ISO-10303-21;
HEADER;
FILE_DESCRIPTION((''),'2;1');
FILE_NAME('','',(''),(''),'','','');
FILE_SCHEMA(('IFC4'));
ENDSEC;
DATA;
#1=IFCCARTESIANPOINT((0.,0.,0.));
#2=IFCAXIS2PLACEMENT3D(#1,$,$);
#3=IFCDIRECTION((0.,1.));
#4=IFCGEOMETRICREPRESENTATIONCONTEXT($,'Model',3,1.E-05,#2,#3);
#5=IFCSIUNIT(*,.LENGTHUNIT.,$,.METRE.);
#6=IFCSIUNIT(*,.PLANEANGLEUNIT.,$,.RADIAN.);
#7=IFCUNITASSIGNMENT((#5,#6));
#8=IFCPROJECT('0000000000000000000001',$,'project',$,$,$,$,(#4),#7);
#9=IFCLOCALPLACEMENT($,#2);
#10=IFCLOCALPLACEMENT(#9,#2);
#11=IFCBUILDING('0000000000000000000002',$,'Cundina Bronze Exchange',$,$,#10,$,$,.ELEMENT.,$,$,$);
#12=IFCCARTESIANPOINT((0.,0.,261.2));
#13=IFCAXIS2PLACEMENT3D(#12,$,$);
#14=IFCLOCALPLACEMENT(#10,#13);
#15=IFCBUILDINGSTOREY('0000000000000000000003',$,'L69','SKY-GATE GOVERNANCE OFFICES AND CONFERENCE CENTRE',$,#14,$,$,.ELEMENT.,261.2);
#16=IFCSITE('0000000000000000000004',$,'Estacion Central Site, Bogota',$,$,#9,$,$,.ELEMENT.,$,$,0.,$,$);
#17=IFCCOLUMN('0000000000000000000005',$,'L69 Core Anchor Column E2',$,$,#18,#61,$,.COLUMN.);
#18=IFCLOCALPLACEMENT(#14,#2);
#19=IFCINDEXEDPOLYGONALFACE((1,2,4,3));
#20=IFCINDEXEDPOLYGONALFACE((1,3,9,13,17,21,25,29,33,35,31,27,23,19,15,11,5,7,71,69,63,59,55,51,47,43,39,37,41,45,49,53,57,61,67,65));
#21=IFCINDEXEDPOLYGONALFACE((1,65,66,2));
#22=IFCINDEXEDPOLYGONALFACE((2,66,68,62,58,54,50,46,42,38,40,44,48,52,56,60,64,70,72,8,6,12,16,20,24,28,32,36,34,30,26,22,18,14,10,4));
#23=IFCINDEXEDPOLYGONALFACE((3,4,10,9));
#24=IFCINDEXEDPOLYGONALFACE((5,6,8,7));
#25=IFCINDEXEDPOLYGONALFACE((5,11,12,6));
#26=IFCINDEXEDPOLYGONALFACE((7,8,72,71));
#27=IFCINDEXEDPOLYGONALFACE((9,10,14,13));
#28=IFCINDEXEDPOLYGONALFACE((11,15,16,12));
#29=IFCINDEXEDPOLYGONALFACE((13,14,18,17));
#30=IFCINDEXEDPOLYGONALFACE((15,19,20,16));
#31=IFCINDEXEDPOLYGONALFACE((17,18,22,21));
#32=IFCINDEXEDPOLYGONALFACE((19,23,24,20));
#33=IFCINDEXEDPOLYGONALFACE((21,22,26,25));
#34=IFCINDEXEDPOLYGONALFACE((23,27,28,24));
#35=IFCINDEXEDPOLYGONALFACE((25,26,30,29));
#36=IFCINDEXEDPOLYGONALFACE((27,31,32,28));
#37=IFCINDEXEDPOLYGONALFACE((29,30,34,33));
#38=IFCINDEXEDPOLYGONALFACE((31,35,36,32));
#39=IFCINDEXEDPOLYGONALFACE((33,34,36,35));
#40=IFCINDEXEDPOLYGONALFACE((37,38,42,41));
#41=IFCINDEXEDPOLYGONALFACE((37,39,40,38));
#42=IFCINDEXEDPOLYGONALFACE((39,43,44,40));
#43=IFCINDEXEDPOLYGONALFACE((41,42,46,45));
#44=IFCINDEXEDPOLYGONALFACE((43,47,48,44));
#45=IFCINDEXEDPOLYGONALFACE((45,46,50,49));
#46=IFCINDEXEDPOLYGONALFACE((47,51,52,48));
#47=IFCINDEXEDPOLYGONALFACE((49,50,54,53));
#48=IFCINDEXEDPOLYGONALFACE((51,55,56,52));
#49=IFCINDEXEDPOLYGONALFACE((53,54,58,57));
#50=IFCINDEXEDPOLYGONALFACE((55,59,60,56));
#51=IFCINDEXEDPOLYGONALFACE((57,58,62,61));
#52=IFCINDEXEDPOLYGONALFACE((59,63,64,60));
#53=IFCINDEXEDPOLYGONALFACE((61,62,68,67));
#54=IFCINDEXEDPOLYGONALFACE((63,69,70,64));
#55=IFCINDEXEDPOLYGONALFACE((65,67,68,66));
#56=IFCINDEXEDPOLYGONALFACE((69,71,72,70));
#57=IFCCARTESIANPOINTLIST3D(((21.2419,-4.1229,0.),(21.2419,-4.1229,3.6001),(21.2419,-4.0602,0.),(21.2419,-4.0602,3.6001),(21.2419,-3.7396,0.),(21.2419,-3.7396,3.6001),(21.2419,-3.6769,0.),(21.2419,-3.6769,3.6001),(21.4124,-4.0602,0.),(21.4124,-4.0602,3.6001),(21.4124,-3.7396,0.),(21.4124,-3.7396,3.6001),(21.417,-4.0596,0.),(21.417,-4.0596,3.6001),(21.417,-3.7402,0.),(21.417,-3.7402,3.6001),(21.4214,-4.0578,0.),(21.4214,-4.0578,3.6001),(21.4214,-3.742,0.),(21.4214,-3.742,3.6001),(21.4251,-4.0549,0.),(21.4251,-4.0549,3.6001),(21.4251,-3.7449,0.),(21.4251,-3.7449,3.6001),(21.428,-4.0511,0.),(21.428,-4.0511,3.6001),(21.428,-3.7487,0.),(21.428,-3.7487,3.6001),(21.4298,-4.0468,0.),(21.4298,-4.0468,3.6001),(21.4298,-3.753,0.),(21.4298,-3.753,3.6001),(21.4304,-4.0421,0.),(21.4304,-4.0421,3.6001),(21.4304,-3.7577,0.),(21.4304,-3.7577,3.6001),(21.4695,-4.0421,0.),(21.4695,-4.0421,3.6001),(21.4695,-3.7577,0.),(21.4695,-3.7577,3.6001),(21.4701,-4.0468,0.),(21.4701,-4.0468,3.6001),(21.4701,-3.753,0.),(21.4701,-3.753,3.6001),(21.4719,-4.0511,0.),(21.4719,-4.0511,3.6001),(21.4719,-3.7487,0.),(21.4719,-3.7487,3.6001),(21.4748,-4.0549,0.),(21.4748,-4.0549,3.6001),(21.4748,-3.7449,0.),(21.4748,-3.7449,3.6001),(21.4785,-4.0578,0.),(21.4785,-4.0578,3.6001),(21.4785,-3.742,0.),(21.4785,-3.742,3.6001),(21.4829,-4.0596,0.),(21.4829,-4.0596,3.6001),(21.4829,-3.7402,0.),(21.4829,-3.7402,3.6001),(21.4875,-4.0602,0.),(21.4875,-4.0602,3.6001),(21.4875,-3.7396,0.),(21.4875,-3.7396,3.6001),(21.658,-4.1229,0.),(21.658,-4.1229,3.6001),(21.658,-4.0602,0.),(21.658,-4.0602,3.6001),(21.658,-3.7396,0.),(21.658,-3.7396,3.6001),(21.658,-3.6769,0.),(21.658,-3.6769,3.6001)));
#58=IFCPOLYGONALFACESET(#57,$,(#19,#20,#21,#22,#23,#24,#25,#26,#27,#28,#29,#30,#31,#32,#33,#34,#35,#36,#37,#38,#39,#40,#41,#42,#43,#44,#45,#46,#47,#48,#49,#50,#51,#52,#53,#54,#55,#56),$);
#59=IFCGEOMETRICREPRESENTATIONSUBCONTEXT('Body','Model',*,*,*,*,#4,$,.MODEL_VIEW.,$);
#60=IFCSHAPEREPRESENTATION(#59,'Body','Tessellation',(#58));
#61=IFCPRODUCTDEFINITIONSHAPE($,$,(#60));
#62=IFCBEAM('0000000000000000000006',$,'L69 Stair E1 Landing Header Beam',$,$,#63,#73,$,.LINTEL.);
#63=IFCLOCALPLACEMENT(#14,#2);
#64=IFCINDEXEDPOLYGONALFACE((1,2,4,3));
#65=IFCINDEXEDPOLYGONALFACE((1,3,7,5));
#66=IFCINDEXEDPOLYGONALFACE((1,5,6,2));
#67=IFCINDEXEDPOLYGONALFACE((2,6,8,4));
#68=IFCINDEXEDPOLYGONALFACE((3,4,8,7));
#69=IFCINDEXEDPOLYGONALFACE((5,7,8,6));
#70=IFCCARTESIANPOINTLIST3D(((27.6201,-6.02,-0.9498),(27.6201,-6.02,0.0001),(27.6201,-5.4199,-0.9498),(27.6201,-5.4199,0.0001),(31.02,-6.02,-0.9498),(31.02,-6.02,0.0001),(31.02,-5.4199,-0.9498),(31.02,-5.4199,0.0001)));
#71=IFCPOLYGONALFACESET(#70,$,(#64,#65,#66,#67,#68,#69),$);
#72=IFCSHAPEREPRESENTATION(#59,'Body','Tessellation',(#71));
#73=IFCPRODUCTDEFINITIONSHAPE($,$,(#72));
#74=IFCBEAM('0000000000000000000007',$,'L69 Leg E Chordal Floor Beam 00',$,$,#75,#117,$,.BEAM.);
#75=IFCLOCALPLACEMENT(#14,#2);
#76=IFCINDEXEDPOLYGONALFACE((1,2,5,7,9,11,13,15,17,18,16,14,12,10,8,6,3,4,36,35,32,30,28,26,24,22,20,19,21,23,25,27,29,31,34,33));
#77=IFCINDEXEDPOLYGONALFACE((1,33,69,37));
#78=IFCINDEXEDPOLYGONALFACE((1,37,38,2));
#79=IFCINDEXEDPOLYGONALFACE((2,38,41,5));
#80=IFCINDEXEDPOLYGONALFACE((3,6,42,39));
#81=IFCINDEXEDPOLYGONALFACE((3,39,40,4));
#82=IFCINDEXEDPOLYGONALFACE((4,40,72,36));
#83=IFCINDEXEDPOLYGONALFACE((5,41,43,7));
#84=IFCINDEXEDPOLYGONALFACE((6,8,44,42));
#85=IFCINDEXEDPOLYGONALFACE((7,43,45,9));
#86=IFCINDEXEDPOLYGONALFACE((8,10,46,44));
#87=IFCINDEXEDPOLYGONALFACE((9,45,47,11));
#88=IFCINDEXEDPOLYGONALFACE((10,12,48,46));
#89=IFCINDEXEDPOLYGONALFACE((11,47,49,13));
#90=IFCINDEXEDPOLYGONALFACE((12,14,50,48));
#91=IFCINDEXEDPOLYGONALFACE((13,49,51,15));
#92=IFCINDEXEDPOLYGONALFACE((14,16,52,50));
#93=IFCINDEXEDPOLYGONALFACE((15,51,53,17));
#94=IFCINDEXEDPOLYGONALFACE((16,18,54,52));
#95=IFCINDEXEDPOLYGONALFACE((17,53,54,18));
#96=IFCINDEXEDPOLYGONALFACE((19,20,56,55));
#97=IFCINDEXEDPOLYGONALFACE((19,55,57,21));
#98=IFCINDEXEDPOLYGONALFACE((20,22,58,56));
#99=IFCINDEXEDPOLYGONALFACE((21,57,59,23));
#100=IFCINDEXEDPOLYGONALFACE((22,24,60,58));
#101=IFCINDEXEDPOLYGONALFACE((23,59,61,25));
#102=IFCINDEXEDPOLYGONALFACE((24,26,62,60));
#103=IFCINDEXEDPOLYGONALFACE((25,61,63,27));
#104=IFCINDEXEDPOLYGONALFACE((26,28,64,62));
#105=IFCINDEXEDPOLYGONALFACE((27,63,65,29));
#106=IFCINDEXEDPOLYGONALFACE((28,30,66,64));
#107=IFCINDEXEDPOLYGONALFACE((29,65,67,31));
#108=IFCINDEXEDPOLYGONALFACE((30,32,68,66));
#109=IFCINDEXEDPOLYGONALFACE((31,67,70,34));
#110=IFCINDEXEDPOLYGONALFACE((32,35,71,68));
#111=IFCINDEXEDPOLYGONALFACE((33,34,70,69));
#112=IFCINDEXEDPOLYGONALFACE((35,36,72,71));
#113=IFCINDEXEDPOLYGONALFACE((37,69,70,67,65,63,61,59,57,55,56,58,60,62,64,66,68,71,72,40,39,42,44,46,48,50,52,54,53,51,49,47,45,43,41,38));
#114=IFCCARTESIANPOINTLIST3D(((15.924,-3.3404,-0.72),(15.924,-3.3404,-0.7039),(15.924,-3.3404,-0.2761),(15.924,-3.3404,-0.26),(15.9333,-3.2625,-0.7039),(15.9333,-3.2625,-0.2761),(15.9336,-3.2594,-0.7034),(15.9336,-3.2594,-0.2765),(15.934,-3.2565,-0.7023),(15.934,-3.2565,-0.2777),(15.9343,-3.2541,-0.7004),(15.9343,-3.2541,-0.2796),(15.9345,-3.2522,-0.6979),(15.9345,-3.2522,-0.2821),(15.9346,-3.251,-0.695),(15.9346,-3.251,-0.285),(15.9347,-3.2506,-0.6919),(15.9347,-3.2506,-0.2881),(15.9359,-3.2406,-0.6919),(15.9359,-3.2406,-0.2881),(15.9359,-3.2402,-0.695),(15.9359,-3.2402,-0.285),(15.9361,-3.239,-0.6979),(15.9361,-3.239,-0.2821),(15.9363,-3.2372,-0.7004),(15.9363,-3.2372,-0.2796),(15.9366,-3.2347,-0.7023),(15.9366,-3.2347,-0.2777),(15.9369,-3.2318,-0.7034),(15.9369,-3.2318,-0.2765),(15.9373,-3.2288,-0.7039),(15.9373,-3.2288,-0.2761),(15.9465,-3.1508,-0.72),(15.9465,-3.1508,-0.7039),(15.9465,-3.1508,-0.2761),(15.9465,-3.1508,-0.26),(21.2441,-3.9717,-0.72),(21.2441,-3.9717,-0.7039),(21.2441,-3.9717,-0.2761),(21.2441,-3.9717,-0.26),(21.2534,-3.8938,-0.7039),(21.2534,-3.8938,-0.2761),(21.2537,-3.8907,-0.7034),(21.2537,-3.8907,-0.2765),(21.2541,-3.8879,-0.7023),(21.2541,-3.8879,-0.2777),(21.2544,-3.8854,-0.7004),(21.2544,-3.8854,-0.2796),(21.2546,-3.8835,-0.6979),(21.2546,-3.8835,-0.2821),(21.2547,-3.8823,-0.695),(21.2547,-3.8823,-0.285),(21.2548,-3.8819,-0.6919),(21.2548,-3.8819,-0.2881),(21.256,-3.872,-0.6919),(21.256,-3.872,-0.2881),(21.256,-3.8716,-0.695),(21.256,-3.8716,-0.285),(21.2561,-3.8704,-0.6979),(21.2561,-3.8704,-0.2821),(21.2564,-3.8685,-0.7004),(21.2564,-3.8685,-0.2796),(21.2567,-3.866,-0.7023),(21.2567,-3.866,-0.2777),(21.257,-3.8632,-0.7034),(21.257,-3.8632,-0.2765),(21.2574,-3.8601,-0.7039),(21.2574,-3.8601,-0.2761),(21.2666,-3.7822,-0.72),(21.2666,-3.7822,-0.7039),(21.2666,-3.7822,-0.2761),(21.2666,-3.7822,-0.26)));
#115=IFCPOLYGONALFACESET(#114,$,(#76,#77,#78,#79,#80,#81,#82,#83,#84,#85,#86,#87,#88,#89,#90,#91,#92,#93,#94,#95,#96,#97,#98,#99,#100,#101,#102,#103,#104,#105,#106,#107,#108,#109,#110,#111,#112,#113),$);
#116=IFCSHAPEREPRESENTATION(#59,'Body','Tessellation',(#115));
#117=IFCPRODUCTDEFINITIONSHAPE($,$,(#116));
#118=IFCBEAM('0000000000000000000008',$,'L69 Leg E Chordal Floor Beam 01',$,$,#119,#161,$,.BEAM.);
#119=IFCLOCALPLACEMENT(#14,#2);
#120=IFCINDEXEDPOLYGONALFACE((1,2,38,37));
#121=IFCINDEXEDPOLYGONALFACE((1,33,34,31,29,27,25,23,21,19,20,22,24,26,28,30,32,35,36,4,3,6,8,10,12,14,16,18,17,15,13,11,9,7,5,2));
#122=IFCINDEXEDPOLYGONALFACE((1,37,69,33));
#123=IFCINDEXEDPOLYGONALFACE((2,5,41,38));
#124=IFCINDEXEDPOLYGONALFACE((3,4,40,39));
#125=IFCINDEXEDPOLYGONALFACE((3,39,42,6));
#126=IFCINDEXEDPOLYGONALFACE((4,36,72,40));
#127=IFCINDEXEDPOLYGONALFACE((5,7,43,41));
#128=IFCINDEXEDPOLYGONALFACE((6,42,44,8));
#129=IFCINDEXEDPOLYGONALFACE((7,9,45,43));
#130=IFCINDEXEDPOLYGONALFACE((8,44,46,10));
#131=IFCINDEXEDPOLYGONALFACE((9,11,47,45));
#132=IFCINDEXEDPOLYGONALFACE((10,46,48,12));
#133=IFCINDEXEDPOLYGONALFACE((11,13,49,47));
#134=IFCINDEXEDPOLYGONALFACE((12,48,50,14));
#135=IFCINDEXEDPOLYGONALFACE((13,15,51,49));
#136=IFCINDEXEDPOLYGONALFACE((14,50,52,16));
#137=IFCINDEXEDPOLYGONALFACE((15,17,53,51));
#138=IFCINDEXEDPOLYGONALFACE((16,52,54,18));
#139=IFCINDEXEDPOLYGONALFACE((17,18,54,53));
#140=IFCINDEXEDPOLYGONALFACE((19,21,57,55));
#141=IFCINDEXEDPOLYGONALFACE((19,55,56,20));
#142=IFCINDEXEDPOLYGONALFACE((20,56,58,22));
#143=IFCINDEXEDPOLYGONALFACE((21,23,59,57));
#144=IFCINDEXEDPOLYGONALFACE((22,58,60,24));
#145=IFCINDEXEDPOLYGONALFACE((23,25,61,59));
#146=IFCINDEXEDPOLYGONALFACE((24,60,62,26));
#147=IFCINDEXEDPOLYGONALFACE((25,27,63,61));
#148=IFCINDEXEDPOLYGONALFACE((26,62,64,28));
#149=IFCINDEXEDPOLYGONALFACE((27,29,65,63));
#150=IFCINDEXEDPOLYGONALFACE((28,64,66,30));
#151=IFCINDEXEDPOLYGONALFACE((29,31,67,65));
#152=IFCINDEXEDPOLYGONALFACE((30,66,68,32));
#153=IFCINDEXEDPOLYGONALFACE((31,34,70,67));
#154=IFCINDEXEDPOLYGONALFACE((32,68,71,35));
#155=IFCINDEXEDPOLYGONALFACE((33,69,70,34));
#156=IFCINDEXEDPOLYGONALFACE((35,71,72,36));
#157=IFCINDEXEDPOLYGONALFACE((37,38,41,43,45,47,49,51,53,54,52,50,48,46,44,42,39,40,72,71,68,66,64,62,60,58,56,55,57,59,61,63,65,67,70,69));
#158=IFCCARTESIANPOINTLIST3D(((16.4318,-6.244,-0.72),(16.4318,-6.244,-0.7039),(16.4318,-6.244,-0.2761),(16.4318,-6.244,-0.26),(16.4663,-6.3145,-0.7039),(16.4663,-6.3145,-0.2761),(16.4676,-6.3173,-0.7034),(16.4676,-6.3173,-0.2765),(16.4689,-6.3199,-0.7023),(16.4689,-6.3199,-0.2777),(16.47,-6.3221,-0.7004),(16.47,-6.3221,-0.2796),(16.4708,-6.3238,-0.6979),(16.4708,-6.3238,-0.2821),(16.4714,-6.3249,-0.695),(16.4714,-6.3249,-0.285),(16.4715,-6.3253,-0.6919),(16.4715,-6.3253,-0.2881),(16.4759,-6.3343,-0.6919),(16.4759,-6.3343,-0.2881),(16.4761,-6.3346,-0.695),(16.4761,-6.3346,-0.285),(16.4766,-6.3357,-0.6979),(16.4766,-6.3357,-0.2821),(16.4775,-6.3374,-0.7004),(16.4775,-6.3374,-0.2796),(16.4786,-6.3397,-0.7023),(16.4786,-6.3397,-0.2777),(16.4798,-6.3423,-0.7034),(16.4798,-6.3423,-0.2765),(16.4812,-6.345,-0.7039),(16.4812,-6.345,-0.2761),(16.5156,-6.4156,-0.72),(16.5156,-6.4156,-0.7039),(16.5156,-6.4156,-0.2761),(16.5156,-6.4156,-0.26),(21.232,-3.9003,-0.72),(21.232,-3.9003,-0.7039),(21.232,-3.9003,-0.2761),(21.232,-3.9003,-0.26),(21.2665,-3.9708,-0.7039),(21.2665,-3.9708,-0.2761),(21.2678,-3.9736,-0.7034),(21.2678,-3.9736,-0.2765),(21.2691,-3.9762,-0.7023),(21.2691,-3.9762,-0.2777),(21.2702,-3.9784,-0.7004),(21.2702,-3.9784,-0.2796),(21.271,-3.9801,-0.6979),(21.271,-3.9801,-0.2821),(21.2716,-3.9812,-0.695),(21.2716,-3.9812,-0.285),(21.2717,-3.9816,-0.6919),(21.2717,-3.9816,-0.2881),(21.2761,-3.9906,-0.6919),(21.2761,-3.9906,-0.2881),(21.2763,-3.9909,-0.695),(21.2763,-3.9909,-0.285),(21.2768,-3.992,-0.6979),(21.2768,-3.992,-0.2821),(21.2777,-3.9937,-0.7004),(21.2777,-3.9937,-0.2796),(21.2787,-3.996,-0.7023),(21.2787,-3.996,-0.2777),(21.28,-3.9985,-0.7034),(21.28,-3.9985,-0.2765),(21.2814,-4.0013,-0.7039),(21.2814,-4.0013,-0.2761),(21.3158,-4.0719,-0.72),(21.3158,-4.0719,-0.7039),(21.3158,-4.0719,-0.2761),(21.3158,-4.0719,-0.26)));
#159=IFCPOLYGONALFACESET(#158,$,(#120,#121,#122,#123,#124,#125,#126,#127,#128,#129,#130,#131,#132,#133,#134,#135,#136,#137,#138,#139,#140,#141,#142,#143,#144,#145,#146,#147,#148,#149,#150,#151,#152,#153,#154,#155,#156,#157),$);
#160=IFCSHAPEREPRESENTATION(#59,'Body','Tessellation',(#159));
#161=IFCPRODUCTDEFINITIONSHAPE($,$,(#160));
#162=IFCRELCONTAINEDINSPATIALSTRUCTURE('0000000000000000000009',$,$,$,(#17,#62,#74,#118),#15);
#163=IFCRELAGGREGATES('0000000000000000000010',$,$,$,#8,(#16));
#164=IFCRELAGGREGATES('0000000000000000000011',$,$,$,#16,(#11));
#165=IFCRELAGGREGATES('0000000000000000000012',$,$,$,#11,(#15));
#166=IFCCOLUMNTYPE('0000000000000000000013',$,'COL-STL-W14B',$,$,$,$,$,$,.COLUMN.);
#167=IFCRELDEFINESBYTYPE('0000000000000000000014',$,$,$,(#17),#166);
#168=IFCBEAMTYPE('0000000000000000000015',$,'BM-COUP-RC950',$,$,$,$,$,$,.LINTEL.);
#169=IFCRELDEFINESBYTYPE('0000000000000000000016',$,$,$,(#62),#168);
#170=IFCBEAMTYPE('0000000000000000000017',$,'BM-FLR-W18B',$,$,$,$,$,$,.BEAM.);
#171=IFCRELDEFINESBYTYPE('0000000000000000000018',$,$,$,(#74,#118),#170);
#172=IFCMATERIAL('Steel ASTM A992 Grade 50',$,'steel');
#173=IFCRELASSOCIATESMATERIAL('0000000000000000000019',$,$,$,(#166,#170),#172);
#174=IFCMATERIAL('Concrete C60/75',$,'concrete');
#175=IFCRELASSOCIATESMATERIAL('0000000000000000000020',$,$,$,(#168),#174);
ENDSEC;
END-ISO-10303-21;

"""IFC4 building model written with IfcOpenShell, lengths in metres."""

from ifc_helpers import new_model, si_unit, direction, frame, origin, origin_2d, place, context, subcontext, project, spatial, rectangle, i_section, extrude, material, material_profile, profile_set, type_object, element, save


model = new_model("IFC4")

# Units and contexts
model_context = context("Model", 3, precision=1e-05, world=origin(), true_north=direction((0.0, 1.0)))
body_context = subcontext(model_context, "Body", "Model", "MODEL_VIEW")
ifc_project = project(units=[si_unit("LENGTHUNIT", "METRE"), si_unit("PLANEANGLEUNIT", "RADIAN")], contexts=[model_context])

# Site, building, storey
site_placement = place(None, origin())
site = spatial("IfcSite", under=ifc_project, at=site_placement, Name="Estacion Central Site, Bogota", CompositionType="ELEMENT", RefElevation=0.0)
building_placement = place(site_placement, origin())
building = spatial("IfcBuilding", under=site, at=building_placement, Name="Cundina Bronze Exchange", CompositionType="ELEMENT")
storey_placement = place(building_placement, frame((0.0, 0.0, 261.2)))
storey = spatial("IfcBuildingStorey", under=building, at=storey_placement, Name="L69", Description="SKY-GATE GOVERNANCE OFFICES AND CONFERENCE CENTRE", CompositionType="ELEMENT", Elevation=261.2)

# Column
ifc_material_1 = material(Name="Steel ASTM A992 Grade 50", Category="steel")
ifc_material_profile_1 = material_profile(ifc_material_1, i_section(OverallWidth=0.416, OverallDepth=0.446, WebThickness=0.0391, FlangeThickness=0.0627, FilletRadius=0.0181, at=origin_2d()), Name="W14X342", Category="steel")
ifc_profile_set_1 = profile_set([ifc_material_profile_1], Name="Steel ASTM A992 Grade 50")
column_type = type_object("IfcColumnType", Name="COL-STL-W14B", PredefinedType="COLUMN", material=ifc_profile_set_1)
column_placement = place(storey_placement, frame((21.45, -3.8999, 0.0), z_axis=(0.0, 0.0, 1.0), x_axis=(1.0, 0.0, 0.0)))
element("IfcColumn", 1, at=column_placement, inside=storey, type_object=column_type, Name="L69 Core Anchor Column E2", PredefinedType="COLUMN", context=body_context, shape_type="SweptSolid", body=[
    extrude(i_section(OverallWidth=0.416, OverallDepth=0.446, WebThickness=0.0391, FlangeThickness=0.0627, FilletRadius=0.0181, at=origin_2d()), origin(), (0.0, 0.0, 1.0), 3.6001),
])

# Beams
ifc_material_2 = material(Name="Concrete C60/75", Category="concrete")
ifc_material_profile_2 = material_profile(ifc_material_2, rectangle(XDim=0.6001, YDim=0.95, at=origin_2d()), Name="RC600X950", Category="concrete")
ifc_profile_set_2 = profile_set([ifc_material_profile_2], Name="Concrete C60/75")
beam_type_1 = type_object("IfcBeamType", Name="BM-COUP-RC950", PredefinedType="LINTEL", material=ifc_profile_set_2)
beam_1_placement = place(storey_placement, frame((27.6201, -5.72, -0.4749), z_axis=(1.0, 0.0, 0.0), x_axis=(0.0, 1.0, 0.0)))
element("IfcBeam", 2, at=beam_1_placement, inside=storey, type_object=beam_type_1, Name="L69 Stair E1 Landing Header Beam", PredefinedType="LINTEL", context=body_context, shape_type="SweptSolid", body=[
    extrude(rectangle(XDim=0.6001, YDim=0.95, at=origin_2d()), origin(), (0.0, 0.0, 1.0), 3.3999),
])
ifc_material_profile_3 = material_profile(ifc_material_1, i_section(OverallWidth=0.1909, OverallDepth=0.46, WebThickness=0.01, FlangeThickness=0.0161, FilletRadius=0.012, at=origin_2d()), Name="W18X55", Category="steel")
ifc_profile_set_3 = profile_set([ifc_material_profile_3], Name="Steel ASTM A992 Grade 50")
beam_type_2 = type_object("IfcBeamType", Name="BM-FLR-W18B", PredefinedType="BEAM", material=ifc_profile_set_3)
beam_2_placement = place(storey_placement, frame((21.2554, -3.877, -0.49), z_axis=(-0.993032, 0.117846, 0.0), x_axis=(-0.117846, -0.993032, 0.0)))
element("IfcBeam", 3, at=beam_2_placement, inside=storey, type_object=beam_type_2, Name="L69 Leg E Chordal Floor Beam 00", PredefinedType="BEAM", context=body_context, shape_type="SweptSolid", body=[
    extrude(i_section(OverallWidth=0.1909, OverallDepth=0.46, WebThickness=0.01, FlangeThickness=0.0161, FilletRadius=0.012, at=origin_2d()), origin(), (0.0, 0.0, 1.0), 5.3574),
])
beam_3_placement = place(storey_placement, frame((21.2739, -3.9861, -0.49), z_axis=(-0.89861, -0.438748, 0.0), x_axis=(0.438748, -0.89861, 0.0)))
element("IfcBeam", 4, at=beam_3_placement, inside=storey, type_object=beam_type_2, Name="L69 Leg E Chordal Floor Beam 01", PredefinedType="BEAM", context=body_context, shape_type="SweptSolid", body=[
    extrude(i_section(OverallWidth=0.1909, OverallDepth=0.46, WebThickness=0.01, FlangeThickness=0.0161, FilletRadius=0.012, at=origin_2d()), origin(), (0.0, 0.0, 1.0), 5.3418),
])

save(model, "model.ifc")
